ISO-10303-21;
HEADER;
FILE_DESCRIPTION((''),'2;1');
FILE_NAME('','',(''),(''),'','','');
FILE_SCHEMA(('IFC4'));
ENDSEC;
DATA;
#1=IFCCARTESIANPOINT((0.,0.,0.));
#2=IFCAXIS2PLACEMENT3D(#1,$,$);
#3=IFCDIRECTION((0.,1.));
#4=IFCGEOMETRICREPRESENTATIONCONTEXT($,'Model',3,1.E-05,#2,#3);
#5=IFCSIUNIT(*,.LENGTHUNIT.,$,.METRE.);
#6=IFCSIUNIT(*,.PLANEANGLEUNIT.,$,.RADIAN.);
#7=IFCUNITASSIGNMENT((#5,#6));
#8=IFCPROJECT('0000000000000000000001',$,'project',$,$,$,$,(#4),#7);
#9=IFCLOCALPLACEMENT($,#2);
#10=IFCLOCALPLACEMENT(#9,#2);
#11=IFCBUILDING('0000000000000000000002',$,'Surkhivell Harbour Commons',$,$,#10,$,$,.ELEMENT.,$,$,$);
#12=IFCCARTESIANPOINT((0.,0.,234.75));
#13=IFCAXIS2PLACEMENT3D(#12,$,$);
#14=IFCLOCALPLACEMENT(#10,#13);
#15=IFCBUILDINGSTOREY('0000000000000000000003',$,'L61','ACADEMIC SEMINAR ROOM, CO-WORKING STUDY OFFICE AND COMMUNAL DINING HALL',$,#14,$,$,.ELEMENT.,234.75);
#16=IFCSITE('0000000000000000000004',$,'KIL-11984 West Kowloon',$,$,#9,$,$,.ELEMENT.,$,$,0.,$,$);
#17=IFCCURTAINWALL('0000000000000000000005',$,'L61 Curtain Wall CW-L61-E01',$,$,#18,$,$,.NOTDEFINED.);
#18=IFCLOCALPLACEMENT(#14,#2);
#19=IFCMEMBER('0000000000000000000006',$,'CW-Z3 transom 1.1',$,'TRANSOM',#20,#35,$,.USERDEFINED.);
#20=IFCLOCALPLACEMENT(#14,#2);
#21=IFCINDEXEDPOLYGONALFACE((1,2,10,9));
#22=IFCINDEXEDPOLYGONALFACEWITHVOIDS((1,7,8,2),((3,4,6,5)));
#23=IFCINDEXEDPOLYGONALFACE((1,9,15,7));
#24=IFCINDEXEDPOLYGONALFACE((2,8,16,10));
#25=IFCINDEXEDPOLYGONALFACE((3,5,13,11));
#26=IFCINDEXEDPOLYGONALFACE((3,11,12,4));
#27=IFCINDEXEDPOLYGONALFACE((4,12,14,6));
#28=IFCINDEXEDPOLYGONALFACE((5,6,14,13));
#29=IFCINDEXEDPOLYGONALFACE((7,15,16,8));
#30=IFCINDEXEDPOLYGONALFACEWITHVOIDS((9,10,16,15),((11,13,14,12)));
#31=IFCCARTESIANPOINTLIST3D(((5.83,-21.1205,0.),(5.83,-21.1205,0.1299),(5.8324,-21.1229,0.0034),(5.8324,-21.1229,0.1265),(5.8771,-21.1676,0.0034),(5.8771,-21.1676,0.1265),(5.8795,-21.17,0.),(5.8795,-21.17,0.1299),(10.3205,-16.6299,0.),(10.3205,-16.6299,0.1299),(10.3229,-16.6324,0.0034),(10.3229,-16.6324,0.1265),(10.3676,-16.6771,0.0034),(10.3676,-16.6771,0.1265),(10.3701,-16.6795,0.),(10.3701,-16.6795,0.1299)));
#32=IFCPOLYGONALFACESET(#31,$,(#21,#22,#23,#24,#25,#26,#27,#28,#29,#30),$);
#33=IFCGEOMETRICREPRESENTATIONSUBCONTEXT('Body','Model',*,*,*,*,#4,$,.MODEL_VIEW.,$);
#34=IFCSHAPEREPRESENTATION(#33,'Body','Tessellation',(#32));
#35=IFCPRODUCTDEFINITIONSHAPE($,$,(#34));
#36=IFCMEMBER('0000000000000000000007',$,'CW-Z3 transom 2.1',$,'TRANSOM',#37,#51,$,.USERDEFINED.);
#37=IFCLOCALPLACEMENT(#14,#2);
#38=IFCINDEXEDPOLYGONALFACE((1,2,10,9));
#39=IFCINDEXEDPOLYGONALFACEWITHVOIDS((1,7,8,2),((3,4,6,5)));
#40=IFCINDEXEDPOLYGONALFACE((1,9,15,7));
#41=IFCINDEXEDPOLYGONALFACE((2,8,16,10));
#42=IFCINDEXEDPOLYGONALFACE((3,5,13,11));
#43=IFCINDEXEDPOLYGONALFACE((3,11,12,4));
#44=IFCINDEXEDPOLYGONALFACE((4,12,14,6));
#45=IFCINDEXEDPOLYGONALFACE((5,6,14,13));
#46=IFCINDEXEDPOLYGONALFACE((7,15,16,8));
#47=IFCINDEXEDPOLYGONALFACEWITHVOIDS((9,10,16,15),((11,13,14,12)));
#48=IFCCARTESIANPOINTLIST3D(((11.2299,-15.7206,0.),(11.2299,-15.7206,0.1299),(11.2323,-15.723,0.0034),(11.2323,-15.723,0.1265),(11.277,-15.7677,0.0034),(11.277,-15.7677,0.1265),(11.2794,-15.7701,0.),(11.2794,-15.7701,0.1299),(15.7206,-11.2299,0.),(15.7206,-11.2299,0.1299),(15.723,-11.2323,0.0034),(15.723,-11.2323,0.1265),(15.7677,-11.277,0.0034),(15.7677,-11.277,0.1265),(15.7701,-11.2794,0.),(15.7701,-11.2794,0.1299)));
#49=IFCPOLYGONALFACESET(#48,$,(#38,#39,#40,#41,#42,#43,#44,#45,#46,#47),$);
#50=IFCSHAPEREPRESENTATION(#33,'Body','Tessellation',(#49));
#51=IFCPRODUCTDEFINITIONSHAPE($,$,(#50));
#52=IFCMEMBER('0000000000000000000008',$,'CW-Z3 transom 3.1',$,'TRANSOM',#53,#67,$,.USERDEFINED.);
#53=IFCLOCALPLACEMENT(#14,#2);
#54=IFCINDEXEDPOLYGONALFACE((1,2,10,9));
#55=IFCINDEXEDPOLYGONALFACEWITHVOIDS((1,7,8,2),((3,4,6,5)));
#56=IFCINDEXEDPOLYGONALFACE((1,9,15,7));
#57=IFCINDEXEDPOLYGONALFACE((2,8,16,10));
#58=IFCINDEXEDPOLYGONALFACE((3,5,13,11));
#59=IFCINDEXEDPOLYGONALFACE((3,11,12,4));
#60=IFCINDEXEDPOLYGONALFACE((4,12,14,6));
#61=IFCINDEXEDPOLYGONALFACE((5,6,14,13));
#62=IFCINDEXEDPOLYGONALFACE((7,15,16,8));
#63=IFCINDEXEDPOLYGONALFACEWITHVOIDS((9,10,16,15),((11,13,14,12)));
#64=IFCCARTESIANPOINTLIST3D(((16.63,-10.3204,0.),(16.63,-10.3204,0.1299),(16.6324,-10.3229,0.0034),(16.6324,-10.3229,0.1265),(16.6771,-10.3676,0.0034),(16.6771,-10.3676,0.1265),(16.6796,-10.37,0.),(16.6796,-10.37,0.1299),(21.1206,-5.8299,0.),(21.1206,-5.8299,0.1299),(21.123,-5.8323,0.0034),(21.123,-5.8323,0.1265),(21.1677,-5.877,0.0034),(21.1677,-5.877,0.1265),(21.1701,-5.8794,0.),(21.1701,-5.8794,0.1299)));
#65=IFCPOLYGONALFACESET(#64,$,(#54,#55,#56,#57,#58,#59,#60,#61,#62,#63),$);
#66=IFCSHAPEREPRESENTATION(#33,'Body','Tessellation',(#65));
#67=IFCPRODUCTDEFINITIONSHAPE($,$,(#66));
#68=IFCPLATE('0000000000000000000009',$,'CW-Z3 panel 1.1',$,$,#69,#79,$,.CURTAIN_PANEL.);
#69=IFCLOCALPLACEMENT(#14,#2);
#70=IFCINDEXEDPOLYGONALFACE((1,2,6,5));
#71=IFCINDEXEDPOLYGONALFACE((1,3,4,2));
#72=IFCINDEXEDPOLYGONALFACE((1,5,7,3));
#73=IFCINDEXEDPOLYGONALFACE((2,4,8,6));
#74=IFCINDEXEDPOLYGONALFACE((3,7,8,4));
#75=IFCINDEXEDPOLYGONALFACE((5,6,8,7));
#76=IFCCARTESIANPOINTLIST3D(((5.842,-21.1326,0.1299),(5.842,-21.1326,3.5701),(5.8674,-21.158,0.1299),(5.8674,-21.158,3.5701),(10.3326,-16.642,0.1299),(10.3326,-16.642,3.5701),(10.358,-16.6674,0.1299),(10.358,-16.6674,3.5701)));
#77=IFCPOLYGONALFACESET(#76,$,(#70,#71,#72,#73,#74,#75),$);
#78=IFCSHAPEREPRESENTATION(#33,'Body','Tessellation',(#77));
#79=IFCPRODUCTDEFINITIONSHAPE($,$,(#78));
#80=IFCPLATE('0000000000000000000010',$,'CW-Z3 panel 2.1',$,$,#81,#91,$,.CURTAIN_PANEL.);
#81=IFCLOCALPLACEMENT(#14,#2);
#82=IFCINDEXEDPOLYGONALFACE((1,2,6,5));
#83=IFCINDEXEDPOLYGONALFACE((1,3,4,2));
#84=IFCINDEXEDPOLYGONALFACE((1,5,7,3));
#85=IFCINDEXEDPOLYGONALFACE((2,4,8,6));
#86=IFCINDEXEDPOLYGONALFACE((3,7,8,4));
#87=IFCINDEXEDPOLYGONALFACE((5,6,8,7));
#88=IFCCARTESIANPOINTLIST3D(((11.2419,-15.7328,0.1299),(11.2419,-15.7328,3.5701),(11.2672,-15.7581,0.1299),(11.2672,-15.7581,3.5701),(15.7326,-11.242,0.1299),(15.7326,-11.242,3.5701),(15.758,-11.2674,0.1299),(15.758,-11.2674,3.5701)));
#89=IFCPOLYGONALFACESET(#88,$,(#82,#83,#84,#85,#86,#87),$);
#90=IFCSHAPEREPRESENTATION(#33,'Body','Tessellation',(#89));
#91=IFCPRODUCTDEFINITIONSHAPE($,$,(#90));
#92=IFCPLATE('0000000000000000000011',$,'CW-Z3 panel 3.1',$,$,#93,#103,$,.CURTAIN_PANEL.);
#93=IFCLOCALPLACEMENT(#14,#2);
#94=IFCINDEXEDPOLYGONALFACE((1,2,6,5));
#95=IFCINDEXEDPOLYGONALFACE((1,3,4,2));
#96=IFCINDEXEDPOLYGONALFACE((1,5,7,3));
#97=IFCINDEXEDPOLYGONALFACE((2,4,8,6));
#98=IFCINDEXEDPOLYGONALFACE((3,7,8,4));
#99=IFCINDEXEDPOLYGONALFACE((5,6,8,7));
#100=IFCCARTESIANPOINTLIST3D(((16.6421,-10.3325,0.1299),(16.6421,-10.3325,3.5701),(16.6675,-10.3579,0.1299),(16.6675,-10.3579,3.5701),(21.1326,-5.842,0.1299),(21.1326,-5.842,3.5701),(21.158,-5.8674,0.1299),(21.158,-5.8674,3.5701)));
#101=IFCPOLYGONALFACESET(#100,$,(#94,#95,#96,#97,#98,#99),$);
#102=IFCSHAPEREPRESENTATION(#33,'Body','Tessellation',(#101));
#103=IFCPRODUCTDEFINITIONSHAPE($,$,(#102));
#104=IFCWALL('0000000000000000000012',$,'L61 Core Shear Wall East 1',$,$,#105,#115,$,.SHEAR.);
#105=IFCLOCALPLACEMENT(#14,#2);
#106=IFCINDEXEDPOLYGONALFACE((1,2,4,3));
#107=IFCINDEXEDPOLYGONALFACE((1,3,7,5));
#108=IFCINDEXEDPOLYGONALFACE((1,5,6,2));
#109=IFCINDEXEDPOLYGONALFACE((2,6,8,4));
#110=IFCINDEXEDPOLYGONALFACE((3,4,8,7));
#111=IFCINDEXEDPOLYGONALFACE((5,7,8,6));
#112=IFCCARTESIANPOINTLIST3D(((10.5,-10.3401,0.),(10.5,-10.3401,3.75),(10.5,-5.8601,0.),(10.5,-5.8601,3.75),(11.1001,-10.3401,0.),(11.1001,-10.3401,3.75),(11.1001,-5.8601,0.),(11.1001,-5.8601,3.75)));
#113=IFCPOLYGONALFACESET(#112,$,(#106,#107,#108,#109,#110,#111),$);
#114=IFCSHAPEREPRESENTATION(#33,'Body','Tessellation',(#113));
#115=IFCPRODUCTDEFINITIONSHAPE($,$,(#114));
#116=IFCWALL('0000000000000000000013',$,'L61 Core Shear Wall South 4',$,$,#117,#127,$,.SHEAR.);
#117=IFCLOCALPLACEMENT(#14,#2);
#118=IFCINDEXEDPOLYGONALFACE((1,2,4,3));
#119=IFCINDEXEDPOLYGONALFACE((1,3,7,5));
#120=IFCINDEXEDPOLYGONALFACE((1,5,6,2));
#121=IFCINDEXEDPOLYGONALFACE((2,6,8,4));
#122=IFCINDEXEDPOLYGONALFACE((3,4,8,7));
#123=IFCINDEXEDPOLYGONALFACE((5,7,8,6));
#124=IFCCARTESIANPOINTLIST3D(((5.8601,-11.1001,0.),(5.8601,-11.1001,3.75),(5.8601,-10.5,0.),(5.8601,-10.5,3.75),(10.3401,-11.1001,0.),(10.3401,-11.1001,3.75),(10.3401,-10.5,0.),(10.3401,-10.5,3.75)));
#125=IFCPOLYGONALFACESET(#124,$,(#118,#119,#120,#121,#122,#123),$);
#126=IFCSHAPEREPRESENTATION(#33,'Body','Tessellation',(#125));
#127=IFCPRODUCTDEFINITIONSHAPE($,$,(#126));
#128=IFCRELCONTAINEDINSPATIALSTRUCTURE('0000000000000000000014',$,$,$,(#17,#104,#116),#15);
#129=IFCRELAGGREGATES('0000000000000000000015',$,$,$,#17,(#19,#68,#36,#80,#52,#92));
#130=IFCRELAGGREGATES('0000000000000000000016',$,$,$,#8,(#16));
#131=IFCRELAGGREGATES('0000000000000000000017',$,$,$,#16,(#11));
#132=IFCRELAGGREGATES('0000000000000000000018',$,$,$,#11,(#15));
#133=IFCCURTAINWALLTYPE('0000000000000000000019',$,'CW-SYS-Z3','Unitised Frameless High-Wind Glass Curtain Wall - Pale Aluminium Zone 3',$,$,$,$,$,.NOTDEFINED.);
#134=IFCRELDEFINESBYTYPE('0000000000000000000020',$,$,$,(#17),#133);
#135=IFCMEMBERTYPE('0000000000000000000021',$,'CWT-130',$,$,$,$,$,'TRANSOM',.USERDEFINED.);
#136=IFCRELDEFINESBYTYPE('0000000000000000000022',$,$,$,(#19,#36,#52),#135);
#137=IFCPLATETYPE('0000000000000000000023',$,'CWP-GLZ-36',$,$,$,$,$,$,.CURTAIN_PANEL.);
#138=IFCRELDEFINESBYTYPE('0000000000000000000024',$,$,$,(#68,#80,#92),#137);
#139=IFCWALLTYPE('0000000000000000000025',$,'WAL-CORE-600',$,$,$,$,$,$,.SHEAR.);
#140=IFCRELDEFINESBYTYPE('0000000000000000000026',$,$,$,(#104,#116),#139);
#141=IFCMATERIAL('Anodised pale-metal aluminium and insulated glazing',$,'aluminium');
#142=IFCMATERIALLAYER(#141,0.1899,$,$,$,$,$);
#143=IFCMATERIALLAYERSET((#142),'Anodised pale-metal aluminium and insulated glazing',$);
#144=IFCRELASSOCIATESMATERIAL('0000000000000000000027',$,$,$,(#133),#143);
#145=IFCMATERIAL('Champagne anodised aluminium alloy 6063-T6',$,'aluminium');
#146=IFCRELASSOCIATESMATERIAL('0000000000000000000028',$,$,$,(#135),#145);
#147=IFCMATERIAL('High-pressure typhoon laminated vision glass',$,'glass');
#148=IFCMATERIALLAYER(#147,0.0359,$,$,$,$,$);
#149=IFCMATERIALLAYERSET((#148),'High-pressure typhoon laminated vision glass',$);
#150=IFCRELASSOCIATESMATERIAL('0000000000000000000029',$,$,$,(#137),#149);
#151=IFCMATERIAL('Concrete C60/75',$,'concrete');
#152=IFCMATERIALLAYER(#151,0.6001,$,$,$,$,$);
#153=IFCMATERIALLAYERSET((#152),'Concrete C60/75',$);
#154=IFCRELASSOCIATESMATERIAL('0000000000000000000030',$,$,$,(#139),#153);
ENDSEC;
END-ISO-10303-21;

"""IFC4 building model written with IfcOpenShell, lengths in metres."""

from ifc_helpers import new_model, si_unit, direction, frame, frame_2d, origin, origin_2d, place, context, subcontext, project, spatial, rectangle, hollow_rectangle, extrude, material, layer, layer_set, material_profile, profile_set, type_object, element, aggregate, save


model = new_model("IFC4")

# Units and contexts
model_context = context("Model", 3, precision=1e-05, world=origin(), true_north=direction((0.0, 1.0)))
body_context = subcontext(model_context, "Body", "Model", "MODEL_VIEW")
ifc_project = project(units=[si_unit("LENGTHUNIT", "METRE"), si_unit("PLANEANGLEUNIT", "RADIAN")], contexts=[model_context])

# Site, building, storey
site_placement = place(None, origin())
site = spatial("IfcSite", under=ifc_project, at=site_placement, Name="KIL-11984 West Kowloon", CompositionType="ELEMENT", RefElevation=0.0)
building_placement = place(site_placement, origin())
building = spatial("IfcBuilding", under=site, at=building_placement, Name="Surkhivell Harbour Commons", CompositionType="ELEMENT")
storey_placement = place(building_placement, frame((0.0, 0.0, 234.75)))
storey = spatial("IfcBuildingStorey", under=building, at=storey_placement, Name="L61", Description="ACADEMIC SEMINAR ROOM, CO-WORKING STUDY OFFICE AND COMMUNAL DINING HALL", CompositionType="ELEMENT", Elevation=234.75)

# Shared definitions
ifc_material_1 = material(Name="Concrete C60/75", Category="concrete")

# Curtain wall, members, plates
ifc_material_2 = material(Name="Anodised pale-metal aluminium and insulated glazing", Category="aluminium")
ifc_layer_1 = layer(ifc_material_2, 0.1899)
ifc_layer_set_1 = layer_set([ifc_layer_1], Name="Anodised pale-metal aluminium and insulated glazing")
curtain_wall_type = type_object("IfcCurtainWallType", Name="CW-SYS-Z3", Description="Unitised Frameless High-Wind Glass Curtain Wall - Pale Aluminium Zone 3", PredefinedType="NOTDEFINED", material=ifc_layer_set_1)
curtain_wall_placement = place(storey_placement, origin())
curtain_wall = element("IfcCurtainWall", 1, at=curtain_wall_placement, inside=storey, type_object=curtain_wall_type, Name="L61 Curtain Wall CW-L61-E01", PredefinedType="NOTDEFINED")
ifc_material_3 = material(Name="Champagne anodised aluminium alloy 6063-T6", Category="aluminium")
ifc_material_profile_1 = material_profile(ifc_material_3, hollow_rectangle(XDim=0.0701, YDim=0.1299, WallThickness=0.0034, at=origin_2d()), Name="ALU-TRAN-70x130")
ifc_profile_set_1 = profile_set([ifc_material_profile_1], Name="Champagne anodised aluminium alloy 6063-T6")
member_type_1 = type_object("IfcMemberType", Name="CWT-130", ElementType="TRANSOM", PredefinedType="USERDEFINED", material=ifc_profile_set_1)
member_1_placement = place(storey_placement, frame((5.8547, -21.1453, 0.0649), z_axis=(0.707107, 0.707107, 0.0), x_axis=(-0.707107, 0.707107, 0.0)))
member_1 = element("IfcMember", 2, at=member_1_placement, type_object=member_type_1, Name="CW-Z3 transom 1.1", ObjectType="TRANSOM", PredefinedType="USERDEFINED", context=body_context, shape_type="SweptSolid", body=[
    extrude(hollow_rectangle(XDim=0.0701, YDim=0.1299, WallThickness=0.0034, at=origin_2d()), origin(), (0.0, 0.0, 1.0), 6.3506),
])
member_2_placement = place(storey_placement, frame((11.2546, -15.7454, 0.0649), z_axis=(0.707107, 0.707107, 0.0), x_axis=(-0.707107, 0.707107, 0.0)))
member_2 = element("IfcMember", 3, at=member_2_placement, type_object=member_type_1, Name="CW-Z3 transom 2.1", ObjectType="TRANSOM", PredefinedType="USERDEFINED", context=body_context, shape_type="SweptSolid", body=[
    extrude(hollow_rectangle(XDim=0.0701, YDim=0.1299, WallThickness=0.0034, at=origin_2d()), origin(), (0.0, 0.0, 1.0), 6.3508),
])
member_3_placement = place(storey_placement, frame((16.6548, -10.3452, 0.0649), z_axis=(0.707107, 0.707107, 0.0), x_axis=(-0.707107, 0.707107, 0.0)))
member_3 = element("IfcMember", 4, at=member_3_placement, type_object=member_type_1, Name="CW-Z3 transom 3.1", ObjectType="TRANSOM", PredefinedType="USERDEFINED", context=body_context, shape_type="SweptSolid", body=[
    extrude(hollow_rectangle(XDim=0.0701, YDim=0.1299, WallThickness=0.0034, at=origin_2d()), origin(), (0.0, 0.0, 1.0), 6.3506),
])
ifc_material_4 = material(Name="High-pressure typhoon laminated vision glass", Category="glass")
ifc_layer_2 = layer(ifc_material_4, 0.0359)
ifc_layer_set_2 = layer_set([ifc_layer_2], Name="High-pressure typhoon laminated vision glass")
plate_type = type_object("IfcPlateType", Name="CWP-GLZ-36", PredefinedType="CURTAIN_PANEL", material=ifc_layer_set_2)
plate_1_placement = place(storey_placement, frame((5.8547, -21.1453, 0.1299), z_axis=(0.0, 0.0, 1.0), x_axis=(0.707107, 0.707107, 0.0)))
plate_1 = element("IfcPlate", 5, at=plate_1_placement, type_object=plate_type, Name="CW-Z3 panel 1.1", PredefinedType="CURTAIN_PANEL", context=body_context, shape_type="SweptSolid", body=[
    extrude(rectangle(XDim=6.3506, YDim=0.0359, at=frame_2d((3.1753, 0.0))), origin(), (0.0, 0.0, 1.0), 3.4402),
])
plate_2_placement = place(storey_placement, frame((11.2546, -15.7454, 0.1299), z_axis=(0.0, 0.0, 1.0), x_axis=(0.707107, 0.707107, 0.0)))
plate_2 = element("IfcPlate", 6, at=plate_2_placement, type_object=plate_type, Name="CW-Z3 panel 2.1", PredefinedType="CURTAIN_PANEL", context=body_context, shape_type="SweptSolid", body=[
    extrude(rectangle(XDim=6.3508, YDim=0.0359, at=frame_2d((3.1753, 0.0))), origin(), (0.0, 0.0, 1.0), 3.4402),
])
plate_3_placement = place(storey_placement, frame((16.6548, -10.3452, 0.1299), z_axis=(0.0, 0.0, 1.0), x_axis=(0.707107, 0.707107, 0.0)))
plate_3 = element("IfcPlate", 7, at=plate_3_placement, type_object=plate_type, Name="CW-Z3 panel 3.1", PredefinedType="CURTAIN_PANEL", context=body_context, shape_type="SweptSolid", body=[
    extrude(rectangle(XDim=6.3506, YDim=0.0359, at=frame_2d((3.1753, 0.0))), origin(), (0.0, 0.0, 1.0), 3.4402),
])
aggregate(curtain_wall, [member_1, plate_1, member_2, plate_2, member_3, plate_3])

# Walls
ifc_layer_3 = layer(ifc_material_1, 0.6001)
ifc_layer_set_3 = layer_set([ifc_layer_3], Name="Concrete C60/75")
wall_type_1 = type_object("IfcWallType", Name="WAL-CORE-600", PredefinedType="SHEAR", material=ifc_layer_set_3)
for number, where, z_axis, x_axis, name in (
    (8, (10.8, -10.3401, 0.0), (0.0, 0.0, 1.0), (0.0, 1.0, 0.0), "L61 Core Shear Wall East 1"),
    (9, (5.8601, -10.8, 0.0), (0.0, 0.0, 1.0), (1.0, 0.0, 0.0), "L61 Core Shear Wall South 4"),
):
    element("IfcWall", number, at=place(storey_placement, frame(where, z_axis=z_axis, x_axis=x_axis)), inside=storey, type_object=wall_type_1, Name=name, PredefinedType="SHEAR", context=body_context, shape_type="SweptSolid", body=[
        extrude(rectangle(XDim=4.48, YDim=0.6001, at=frame_2d((2.24, 0.0))), origin(), (0.0, 0.0, 1.0), 3.75),
    ])

save(model, "model.ifc")
